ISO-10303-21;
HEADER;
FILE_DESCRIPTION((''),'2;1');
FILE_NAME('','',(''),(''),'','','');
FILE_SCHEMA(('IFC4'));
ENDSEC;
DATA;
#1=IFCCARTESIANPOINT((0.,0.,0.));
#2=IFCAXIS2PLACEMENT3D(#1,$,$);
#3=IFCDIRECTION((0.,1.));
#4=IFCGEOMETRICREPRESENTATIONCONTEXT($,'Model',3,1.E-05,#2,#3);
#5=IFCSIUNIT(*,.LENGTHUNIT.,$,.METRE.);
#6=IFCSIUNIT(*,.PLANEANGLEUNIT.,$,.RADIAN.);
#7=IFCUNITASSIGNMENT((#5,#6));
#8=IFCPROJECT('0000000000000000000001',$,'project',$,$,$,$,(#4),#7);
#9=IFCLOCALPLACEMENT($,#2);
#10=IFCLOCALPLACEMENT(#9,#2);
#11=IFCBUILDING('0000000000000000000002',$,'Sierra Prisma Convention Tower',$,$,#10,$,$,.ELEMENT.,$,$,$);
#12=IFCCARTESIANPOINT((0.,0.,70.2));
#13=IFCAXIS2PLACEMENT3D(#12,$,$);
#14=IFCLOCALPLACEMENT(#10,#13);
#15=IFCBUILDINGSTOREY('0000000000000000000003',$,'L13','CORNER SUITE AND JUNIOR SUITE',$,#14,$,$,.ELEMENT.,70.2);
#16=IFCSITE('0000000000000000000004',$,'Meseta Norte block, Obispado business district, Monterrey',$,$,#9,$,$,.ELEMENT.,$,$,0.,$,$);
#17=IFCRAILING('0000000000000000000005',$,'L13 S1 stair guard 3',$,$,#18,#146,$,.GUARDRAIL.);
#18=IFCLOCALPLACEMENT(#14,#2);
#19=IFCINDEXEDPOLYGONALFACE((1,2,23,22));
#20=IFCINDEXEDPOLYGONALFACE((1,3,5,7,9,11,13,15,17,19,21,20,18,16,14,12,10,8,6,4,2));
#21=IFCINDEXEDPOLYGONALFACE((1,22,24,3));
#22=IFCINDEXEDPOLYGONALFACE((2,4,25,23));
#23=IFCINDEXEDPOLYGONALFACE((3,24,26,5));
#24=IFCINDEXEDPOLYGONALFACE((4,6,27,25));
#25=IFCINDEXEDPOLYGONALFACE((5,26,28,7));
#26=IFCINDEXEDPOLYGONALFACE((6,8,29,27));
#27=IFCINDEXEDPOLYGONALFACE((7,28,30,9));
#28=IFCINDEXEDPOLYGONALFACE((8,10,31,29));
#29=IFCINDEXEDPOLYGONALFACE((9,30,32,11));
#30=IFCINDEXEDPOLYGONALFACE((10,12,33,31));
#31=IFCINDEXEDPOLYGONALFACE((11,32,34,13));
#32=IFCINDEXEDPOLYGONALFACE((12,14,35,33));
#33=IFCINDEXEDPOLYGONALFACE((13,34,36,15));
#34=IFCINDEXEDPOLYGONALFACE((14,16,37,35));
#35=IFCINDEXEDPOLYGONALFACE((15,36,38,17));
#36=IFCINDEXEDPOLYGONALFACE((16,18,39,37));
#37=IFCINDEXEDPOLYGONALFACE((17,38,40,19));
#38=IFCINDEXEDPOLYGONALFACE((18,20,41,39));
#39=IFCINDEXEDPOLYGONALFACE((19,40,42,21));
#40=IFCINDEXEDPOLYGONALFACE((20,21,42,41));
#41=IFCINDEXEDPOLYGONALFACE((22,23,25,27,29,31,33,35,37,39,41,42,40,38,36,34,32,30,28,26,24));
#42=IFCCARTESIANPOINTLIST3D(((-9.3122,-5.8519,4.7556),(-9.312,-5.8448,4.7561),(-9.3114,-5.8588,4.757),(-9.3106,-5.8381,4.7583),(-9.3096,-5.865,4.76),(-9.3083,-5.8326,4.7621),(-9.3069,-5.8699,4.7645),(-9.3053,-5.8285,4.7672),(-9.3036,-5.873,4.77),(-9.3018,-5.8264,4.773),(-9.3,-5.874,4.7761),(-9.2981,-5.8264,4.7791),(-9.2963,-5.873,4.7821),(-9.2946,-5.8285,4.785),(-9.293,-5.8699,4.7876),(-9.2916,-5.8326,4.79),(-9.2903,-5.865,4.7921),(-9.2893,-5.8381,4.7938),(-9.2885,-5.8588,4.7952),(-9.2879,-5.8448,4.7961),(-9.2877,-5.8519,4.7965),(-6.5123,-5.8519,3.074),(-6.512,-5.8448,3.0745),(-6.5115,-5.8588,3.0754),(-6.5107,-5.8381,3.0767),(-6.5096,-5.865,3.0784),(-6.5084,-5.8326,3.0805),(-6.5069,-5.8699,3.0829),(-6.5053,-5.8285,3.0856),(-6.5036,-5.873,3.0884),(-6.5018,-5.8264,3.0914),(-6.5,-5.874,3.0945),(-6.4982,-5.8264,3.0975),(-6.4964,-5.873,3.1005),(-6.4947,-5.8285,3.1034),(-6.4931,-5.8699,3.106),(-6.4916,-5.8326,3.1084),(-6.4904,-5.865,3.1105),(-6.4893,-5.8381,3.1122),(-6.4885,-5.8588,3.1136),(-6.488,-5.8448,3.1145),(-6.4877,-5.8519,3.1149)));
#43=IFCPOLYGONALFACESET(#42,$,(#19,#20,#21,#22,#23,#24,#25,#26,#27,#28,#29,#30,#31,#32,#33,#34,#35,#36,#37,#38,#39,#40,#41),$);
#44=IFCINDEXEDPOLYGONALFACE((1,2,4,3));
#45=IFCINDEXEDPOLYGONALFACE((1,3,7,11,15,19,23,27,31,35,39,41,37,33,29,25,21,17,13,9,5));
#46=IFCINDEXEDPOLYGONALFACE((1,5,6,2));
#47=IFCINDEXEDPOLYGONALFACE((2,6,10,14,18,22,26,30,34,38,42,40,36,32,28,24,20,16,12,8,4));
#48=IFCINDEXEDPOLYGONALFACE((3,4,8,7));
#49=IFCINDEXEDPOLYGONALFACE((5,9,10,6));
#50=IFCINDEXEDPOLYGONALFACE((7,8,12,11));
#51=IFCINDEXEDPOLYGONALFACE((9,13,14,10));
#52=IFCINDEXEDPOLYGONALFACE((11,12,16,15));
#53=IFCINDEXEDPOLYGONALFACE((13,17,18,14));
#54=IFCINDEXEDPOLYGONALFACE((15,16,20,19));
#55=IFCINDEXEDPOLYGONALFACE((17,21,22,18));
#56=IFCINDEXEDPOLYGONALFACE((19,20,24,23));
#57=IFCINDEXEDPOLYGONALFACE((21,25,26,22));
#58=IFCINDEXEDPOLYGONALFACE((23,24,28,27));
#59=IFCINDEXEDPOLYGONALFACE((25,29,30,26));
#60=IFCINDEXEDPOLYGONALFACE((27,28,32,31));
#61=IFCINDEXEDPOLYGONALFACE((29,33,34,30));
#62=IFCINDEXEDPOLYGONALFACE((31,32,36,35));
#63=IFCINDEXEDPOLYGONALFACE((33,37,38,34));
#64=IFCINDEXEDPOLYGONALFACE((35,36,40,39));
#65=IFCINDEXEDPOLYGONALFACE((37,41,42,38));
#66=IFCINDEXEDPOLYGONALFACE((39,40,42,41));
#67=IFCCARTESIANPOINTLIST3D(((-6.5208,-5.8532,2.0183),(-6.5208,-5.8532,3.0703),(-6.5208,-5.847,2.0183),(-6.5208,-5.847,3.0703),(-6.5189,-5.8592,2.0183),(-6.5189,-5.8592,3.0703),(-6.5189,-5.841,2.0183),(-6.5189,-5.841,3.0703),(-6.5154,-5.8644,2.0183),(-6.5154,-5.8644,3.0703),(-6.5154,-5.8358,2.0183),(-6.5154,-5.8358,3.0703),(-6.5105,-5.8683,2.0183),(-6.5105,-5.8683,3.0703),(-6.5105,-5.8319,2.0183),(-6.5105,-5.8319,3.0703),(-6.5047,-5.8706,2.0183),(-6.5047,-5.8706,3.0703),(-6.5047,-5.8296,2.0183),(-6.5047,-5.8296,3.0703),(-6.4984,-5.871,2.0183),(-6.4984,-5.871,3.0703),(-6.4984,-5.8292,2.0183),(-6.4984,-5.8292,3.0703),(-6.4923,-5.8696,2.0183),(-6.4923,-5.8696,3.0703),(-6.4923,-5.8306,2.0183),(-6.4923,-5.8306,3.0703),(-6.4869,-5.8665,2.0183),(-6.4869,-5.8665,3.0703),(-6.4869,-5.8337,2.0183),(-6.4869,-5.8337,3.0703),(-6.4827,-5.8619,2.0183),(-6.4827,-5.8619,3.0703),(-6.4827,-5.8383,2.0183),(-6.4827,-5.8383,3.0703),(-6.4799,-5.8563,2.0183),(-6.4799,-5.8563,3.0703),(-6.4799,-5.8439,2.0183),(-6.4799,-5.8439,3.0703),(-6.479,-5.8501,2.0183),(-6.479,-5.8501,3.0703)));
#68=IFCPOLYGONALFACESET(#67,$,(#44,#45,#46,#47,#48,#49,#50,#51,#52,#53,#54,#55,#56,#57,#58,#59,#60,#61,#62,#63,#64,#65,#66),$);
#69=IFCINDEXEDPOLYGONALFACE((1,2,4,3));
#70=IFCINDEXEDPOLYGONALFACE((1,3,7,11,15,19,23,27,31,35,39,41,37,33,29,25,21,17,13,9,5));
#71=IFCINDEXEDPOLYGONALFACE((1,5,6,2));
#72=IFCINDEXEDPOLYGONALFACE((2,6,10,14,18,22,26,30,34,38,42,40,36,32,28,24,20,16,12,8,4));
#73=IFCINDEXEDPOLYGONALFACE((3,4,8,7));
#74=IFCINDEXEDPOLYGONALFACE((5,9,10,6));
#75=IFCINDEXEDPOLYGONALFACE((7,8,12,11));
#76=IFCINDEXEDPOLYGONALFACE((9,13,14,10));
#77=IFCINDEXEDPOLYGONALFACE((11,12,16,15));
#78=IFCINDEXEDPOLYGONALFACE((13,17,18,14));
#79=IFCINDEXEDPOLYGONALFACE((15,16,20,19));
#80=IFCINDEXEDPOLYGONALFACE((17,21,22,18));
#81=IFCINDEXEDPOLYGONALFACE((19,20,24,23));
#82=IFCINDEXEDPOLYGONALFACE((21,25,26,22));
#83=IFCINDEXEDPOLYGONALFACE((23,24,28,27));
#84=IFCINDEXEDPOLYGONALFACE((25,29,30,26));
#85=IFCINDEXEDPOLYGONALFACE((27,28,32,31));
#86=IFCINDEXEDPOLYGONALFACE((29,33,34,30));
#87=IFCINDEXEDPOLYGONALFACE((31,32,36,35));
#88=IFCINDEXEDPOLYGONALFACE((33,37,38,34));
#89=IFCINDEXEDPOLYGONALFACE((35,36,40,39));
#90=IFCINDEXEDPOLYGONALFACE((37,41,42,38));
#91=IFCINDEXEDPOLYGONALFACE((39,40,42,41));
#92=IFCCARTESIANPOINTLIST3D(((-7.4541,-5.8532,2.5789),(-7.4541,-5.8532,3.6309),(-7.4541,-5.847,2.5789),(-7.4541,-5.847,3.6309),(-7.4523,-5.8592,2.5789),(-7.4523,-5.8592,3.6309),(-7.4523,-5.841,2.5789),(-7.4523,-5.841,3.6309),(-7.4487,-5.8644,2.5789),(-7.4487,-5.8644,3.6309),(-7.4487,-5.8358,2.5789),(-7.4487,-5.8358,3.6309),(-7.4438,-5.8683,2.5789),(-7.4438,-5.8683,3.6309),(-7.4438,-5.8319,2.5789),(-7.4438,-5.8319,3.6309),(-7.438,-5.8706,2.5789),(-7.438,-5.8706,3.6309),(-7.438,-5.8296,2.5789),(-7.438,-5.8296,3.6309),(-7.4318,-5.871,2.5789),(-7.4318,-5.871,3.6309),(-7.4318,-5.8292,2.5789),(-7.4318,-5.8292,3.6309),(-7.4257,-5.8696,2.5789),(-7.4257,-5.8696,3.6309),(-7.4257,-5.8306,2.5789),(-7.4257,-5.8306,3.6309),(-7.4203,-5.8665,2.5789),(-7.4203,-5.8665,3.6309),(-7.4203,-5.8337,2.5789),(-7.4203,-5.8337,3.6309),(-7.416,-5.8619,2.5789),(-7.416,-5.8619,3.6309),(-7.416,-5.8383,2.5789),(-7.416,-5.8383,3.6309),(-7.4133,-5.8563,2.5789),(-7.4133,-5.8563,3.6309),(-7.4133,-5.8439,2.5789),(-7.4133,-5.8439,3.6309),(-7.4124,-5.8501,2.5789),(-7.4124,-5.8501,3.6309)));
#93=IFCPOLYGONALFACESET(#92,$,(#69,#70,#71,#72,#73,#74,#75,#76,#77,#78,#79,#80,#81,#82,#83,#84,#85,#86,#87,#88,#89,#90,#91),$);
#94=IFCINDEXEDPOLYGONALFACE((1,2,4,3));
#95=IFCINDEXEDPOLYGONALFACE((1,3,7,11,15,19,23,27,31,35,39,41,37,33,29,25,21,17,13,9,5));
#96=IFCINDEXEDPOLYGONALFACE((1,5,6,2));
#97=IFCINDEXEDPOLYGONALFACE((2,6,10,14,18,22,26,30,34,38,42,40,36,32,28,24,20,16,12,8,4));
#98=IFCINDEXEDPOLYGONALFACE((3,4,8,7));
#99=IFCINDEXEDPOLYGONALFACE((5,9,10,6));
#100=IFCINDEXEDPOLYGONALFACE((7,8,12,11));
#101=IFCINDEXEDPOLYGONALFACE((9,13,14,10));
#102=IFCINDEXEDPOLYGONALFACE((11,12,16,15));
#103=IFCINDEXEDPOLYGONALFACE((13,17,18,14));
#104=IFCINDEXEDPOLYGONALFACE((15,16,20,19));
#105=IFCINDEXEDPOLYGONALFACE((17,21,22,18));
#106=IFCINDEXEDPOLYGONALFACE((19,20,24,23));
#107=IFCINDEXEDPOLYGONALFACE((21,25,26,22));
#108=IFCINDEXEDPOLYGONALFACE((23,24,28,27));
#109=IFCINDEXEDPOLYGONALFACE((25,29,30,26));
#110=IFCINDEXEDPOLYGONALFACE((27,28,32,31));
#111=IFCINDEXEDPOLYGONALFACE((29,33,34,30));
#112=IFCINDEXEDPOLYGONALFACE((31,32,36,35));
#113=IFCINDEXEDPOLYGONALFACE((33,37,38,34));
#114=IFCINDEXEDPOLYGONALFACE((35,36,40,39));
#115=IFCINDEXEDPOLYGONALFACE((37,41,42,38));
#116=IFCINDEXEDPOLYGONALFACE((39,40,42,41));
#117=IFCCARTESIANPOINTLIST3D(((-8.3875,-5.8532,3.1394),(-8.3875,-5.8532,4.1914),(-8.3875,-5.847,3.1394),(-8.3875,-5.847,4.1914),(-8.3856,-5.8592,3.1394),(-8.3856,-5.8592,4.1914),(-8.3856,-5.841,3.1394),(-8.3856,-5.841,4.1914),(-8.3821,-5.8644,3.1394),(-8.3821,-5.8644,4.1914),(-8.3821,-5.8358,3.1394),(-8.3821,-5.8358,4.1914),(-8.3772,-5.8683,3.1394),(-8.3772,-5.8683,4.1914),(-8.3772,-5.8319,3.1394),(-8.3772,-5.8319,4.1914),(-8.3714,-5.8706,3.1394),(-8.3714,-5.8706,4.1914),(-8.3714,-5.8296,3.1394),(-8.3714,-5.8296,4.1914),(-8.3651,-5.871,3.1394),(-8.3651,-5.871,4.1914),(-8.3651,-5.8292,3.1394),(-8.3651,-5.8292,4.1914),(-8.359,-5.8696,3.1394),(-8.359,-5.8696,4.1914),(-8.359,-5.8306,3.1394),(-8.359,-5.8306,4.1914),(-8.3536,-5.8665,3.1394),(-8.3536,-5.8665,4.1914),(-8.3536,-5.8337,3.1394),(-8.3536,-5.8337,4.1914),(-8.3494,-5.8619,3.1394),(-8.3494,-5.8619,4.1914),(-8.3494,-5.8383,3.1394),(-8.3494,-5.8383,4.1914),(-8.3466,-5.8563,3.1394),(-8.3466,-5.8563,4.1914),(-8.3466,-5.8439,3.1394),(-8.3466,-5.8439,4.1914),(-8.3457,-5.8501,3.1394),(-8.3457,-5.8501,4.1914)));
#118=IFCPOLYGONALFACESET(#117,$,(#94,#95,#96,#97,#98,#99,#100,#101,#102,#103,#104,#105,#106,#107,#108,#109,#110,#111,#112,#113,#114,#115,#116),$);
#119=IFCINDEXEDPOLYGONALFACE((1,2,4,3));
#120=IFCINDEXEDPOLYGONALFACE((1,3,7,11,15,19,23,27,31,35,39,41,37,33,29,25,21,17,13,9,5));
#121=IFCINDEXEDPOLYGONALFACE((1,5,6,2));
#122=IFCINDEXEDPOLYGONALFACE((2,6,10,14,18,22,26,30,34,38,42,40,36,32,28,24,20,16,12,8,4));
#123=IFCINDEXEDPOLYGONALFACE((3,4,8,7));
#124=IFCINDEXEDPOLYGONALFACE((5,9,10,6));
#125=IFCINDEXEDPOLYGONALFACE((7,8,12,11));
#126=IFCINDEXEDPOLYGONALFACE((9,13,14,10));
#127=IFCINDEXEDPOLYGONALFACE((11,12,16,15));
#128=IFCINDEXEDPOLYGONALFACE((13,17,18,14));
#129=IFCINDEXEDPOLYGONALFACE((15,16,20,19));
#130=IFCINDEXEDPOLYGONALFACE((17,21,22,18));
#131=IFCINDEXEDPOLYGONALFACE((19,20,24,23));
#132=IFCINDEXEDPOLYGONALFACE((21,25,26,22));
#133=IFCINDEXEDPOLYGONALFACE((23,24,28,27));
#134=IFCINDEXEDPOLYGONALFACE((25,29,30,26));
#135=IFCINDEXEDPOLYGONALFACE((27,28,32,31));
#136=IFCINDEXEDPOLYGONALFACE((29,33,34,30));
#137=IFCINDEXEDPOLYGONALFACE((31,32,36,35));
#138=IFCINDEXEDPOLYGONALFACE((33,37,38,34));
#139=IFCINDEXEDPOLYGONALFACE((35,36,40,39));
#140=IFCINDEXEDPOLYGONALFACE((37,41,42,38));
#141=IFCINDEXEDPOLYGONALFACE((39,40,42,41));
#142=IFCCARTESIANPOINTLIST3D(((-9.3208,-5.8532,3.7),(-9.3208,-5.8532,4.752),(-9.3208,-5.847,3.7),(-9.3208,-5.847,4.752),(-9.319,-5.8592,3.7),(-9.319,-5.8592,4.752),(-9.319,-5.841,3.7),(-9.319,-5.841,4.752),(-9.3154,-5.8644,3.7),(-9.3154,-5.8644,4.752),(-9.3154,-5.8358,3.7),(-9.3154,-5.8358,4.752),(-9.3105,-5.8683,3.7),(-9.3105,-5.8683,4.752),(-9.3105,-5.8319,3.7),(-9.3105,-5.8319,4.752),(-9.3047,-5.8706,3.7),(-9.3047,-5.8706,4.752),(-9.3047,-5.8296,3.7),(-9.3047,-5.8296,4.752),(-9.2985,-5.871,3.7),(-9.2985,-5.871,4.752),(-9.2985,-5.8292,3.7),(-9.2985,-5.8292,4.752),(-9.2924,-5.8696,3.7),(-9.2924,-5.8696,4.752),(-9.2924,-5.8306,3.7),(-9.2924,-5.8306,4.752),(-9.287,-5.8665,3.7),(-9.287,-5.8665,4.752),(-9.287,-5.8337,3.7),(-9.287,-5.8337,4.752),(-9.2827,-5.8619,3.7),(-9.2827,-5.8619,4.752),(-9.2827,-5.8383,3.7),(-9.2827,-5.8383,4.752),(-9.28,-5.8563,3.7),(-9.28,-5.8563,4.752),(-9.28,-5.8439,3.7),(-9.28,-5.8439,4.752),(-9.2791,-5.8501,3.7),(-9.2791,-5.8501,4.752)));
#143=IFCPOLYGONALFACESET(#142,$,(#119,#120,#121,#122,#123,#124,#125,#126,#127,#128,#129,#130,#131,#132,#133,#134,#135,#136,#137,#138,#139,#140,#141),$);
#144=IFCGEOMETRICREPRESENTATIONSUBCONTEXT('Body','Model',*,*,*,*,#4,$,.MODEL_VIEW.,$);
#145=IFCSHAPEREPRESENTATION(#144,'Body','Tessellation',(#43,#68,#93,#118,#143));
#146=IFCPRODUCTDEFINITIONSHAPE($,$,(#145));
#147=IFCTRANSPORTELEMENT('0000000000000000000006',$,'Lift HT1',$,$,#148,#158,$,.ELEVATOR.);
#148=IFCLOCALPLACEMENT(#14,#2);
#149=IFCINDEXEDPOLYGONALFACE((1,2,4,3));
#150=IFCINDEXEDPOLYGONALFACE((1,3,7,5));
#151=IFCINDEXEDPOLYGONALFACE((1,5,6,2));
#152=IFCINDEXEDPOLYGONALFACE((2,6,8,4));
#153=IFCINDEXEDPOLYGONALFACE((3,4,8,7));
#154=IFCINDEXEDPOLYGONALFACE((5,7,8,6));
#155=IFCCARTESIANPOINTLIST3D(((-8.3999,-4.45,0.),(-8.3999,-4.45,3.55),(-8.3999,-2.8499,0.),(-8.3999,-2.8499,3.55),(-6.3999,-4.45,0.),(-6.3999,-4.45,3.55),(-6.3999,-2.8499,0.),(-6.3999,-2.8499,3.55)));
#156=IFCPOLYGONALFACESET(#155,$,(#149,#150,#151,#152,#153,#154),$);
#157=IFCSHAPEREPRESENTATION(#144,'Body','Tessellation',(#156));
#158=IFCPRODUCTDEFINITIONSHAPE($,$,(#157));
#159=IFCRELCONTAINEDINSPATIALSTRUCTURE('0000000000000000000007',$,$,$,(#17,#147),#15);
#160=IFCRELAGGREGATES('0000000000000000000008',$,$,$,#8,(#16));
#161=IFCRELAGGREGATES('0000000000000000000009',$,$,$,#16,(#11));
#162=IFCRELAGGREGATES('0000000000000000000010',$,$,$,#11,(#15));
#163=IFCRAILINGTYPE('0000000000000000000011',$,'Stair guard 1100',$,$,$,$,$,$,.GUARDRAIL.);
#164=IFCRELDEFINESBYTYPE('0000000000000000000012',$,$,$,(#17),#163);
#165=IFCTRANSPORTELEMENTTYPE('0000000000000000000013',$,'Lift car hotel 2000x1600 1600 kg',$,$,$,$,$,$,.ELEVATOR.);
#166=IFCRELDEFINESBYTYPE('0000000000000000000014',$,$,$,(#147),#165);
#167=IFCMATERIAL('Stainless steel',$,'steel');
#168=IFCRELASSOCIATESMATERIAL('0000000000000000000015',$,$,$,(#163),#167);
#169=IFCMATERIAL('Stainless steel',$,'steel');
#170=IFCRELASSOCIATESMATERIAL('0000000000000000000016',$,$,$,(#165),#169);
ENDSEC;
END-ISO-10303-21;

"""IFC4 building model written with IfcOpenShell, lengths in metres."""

from ifc_helpers import new_model, si_unit, direction, frame, origin, origin_2d, place, context, subcontext, project, spatial, rectangle, circle, extrude, material, type_object, element, save


model = new_model("IFC4")

# Units and contexts
model_context = context("Model", 3, precision=1e-05, world=origin(), true_north=direction((0.0, 1.0)))
body_context = subcontext(model_context, "Body", "Model", "MODEL_VIEW")
ifc_project = project(units=[si_unit("LENGTHUNIT", "METRE"), si_unit("PLANEANGLEUNIT", "RADIAN")], contexts=[model_context])

# Site, building, storey
site_placement = place(None, origin())
site = spatial("IfcSite", under=ifc_project, at=site_placement, Name="Meseta Norte block, Obispado business district, Monterrey", CompositionType="ELEMENT", RefElevation=0.0)
building_placement = place(site_placement, origin())
building = spatial("IfcBuilding", under=site, at=building_placement, Name="Sierra Prisma Convention Tower", CompositionType="ELEMENT")
storey_placement = place(building_placement, frame((0.0, 0.0, 70.2)))
storey = spatial("IfcBuildingStorey", under=building, at=storey_placement, Name="L13", Description="CORNER SUITE AND JUNIOR SUITE", CompositionType="ELEMENT", Elevation=70.2)

# Railing
ifc_material_1 = material(Name="Stainless steel", Category="steel")
railing_type_1 = type_object("IfcRailingType", Name="Stair guard 1100", PredefinedType="GUARDRAIL", material=ifc_material_1)
railing_1_placement = place(storey_placement, frame((-6.5, -5.8501, 2.0183)))
element("IfcRailing", 1, at=railing_1_placement, inside=storey, type_object=railing_type_1, Name="L13 S1 stair guard 3", PredefinedType="GUARDRAIL", context=body_context, shape_type="SweptSolid", body=[
    extrude(circle(Radius=0.0239, at=origin_2d()), frame((0.0, 0.0, 1.0762), z_axis=(-0.857275, 0.0, 0.514858), x_axis=(0.0, -1.0, 0.0)), (0.0, 0.0, 1.0), 3.2661),
    extrude(circle(Radius=0.021, at=origin_2d()), origin(), (0.0, 0.0, 1.0), 1.052),
    extrude(circle(Radius=0.021, at=origin_2d()), frame((-0.9333, 0.0, 0.5605)), (0.0, 0.0, 1.0), 1.052),
    extrude(circle(Radius=0.021, at=origin_2d()), frame((-1.8667, 0.0, 1.1211)), (0.0, 0.0, 1.0), 1.052),
    extrude(circle(Radius=0.021, at=origin_2d()), frame((-2.8, 0.0, 1.6816)), (0.0, 0.0, 1.0), 1.052),
])

# Transport element
ifc_material_2 = material(Name="Stainless steel", Category="steel")
transport_element_type = type_object("IfcTransportElementType", Name="Lift car hotel 2000x1600 1600 kg", PredefinedType="ELEVATOR", material=ifc_material_2)
transport_element_placement = place(storey_placement, frame((-7.3999, -3.6499, 0.0), z_axis=(0.0, 0.0, 1.0), x_axis=(1.0, 0.0, 0.0)))
element("IfcTransportElement", 2, at=transport_element_placement, inside=storey, type_object=transport_element_type, Name="Lift HT1", PredefinedType="ELEVATOR", context=body_context, shape_type="SweptSolid", body=[
    extrude(rectangle(XDim=2.0, YDim=1.6001, at=origin_2d()), origin(), (0.0, 0.0, 1.0), 3.55),
])

save(model, "model.ifc")
